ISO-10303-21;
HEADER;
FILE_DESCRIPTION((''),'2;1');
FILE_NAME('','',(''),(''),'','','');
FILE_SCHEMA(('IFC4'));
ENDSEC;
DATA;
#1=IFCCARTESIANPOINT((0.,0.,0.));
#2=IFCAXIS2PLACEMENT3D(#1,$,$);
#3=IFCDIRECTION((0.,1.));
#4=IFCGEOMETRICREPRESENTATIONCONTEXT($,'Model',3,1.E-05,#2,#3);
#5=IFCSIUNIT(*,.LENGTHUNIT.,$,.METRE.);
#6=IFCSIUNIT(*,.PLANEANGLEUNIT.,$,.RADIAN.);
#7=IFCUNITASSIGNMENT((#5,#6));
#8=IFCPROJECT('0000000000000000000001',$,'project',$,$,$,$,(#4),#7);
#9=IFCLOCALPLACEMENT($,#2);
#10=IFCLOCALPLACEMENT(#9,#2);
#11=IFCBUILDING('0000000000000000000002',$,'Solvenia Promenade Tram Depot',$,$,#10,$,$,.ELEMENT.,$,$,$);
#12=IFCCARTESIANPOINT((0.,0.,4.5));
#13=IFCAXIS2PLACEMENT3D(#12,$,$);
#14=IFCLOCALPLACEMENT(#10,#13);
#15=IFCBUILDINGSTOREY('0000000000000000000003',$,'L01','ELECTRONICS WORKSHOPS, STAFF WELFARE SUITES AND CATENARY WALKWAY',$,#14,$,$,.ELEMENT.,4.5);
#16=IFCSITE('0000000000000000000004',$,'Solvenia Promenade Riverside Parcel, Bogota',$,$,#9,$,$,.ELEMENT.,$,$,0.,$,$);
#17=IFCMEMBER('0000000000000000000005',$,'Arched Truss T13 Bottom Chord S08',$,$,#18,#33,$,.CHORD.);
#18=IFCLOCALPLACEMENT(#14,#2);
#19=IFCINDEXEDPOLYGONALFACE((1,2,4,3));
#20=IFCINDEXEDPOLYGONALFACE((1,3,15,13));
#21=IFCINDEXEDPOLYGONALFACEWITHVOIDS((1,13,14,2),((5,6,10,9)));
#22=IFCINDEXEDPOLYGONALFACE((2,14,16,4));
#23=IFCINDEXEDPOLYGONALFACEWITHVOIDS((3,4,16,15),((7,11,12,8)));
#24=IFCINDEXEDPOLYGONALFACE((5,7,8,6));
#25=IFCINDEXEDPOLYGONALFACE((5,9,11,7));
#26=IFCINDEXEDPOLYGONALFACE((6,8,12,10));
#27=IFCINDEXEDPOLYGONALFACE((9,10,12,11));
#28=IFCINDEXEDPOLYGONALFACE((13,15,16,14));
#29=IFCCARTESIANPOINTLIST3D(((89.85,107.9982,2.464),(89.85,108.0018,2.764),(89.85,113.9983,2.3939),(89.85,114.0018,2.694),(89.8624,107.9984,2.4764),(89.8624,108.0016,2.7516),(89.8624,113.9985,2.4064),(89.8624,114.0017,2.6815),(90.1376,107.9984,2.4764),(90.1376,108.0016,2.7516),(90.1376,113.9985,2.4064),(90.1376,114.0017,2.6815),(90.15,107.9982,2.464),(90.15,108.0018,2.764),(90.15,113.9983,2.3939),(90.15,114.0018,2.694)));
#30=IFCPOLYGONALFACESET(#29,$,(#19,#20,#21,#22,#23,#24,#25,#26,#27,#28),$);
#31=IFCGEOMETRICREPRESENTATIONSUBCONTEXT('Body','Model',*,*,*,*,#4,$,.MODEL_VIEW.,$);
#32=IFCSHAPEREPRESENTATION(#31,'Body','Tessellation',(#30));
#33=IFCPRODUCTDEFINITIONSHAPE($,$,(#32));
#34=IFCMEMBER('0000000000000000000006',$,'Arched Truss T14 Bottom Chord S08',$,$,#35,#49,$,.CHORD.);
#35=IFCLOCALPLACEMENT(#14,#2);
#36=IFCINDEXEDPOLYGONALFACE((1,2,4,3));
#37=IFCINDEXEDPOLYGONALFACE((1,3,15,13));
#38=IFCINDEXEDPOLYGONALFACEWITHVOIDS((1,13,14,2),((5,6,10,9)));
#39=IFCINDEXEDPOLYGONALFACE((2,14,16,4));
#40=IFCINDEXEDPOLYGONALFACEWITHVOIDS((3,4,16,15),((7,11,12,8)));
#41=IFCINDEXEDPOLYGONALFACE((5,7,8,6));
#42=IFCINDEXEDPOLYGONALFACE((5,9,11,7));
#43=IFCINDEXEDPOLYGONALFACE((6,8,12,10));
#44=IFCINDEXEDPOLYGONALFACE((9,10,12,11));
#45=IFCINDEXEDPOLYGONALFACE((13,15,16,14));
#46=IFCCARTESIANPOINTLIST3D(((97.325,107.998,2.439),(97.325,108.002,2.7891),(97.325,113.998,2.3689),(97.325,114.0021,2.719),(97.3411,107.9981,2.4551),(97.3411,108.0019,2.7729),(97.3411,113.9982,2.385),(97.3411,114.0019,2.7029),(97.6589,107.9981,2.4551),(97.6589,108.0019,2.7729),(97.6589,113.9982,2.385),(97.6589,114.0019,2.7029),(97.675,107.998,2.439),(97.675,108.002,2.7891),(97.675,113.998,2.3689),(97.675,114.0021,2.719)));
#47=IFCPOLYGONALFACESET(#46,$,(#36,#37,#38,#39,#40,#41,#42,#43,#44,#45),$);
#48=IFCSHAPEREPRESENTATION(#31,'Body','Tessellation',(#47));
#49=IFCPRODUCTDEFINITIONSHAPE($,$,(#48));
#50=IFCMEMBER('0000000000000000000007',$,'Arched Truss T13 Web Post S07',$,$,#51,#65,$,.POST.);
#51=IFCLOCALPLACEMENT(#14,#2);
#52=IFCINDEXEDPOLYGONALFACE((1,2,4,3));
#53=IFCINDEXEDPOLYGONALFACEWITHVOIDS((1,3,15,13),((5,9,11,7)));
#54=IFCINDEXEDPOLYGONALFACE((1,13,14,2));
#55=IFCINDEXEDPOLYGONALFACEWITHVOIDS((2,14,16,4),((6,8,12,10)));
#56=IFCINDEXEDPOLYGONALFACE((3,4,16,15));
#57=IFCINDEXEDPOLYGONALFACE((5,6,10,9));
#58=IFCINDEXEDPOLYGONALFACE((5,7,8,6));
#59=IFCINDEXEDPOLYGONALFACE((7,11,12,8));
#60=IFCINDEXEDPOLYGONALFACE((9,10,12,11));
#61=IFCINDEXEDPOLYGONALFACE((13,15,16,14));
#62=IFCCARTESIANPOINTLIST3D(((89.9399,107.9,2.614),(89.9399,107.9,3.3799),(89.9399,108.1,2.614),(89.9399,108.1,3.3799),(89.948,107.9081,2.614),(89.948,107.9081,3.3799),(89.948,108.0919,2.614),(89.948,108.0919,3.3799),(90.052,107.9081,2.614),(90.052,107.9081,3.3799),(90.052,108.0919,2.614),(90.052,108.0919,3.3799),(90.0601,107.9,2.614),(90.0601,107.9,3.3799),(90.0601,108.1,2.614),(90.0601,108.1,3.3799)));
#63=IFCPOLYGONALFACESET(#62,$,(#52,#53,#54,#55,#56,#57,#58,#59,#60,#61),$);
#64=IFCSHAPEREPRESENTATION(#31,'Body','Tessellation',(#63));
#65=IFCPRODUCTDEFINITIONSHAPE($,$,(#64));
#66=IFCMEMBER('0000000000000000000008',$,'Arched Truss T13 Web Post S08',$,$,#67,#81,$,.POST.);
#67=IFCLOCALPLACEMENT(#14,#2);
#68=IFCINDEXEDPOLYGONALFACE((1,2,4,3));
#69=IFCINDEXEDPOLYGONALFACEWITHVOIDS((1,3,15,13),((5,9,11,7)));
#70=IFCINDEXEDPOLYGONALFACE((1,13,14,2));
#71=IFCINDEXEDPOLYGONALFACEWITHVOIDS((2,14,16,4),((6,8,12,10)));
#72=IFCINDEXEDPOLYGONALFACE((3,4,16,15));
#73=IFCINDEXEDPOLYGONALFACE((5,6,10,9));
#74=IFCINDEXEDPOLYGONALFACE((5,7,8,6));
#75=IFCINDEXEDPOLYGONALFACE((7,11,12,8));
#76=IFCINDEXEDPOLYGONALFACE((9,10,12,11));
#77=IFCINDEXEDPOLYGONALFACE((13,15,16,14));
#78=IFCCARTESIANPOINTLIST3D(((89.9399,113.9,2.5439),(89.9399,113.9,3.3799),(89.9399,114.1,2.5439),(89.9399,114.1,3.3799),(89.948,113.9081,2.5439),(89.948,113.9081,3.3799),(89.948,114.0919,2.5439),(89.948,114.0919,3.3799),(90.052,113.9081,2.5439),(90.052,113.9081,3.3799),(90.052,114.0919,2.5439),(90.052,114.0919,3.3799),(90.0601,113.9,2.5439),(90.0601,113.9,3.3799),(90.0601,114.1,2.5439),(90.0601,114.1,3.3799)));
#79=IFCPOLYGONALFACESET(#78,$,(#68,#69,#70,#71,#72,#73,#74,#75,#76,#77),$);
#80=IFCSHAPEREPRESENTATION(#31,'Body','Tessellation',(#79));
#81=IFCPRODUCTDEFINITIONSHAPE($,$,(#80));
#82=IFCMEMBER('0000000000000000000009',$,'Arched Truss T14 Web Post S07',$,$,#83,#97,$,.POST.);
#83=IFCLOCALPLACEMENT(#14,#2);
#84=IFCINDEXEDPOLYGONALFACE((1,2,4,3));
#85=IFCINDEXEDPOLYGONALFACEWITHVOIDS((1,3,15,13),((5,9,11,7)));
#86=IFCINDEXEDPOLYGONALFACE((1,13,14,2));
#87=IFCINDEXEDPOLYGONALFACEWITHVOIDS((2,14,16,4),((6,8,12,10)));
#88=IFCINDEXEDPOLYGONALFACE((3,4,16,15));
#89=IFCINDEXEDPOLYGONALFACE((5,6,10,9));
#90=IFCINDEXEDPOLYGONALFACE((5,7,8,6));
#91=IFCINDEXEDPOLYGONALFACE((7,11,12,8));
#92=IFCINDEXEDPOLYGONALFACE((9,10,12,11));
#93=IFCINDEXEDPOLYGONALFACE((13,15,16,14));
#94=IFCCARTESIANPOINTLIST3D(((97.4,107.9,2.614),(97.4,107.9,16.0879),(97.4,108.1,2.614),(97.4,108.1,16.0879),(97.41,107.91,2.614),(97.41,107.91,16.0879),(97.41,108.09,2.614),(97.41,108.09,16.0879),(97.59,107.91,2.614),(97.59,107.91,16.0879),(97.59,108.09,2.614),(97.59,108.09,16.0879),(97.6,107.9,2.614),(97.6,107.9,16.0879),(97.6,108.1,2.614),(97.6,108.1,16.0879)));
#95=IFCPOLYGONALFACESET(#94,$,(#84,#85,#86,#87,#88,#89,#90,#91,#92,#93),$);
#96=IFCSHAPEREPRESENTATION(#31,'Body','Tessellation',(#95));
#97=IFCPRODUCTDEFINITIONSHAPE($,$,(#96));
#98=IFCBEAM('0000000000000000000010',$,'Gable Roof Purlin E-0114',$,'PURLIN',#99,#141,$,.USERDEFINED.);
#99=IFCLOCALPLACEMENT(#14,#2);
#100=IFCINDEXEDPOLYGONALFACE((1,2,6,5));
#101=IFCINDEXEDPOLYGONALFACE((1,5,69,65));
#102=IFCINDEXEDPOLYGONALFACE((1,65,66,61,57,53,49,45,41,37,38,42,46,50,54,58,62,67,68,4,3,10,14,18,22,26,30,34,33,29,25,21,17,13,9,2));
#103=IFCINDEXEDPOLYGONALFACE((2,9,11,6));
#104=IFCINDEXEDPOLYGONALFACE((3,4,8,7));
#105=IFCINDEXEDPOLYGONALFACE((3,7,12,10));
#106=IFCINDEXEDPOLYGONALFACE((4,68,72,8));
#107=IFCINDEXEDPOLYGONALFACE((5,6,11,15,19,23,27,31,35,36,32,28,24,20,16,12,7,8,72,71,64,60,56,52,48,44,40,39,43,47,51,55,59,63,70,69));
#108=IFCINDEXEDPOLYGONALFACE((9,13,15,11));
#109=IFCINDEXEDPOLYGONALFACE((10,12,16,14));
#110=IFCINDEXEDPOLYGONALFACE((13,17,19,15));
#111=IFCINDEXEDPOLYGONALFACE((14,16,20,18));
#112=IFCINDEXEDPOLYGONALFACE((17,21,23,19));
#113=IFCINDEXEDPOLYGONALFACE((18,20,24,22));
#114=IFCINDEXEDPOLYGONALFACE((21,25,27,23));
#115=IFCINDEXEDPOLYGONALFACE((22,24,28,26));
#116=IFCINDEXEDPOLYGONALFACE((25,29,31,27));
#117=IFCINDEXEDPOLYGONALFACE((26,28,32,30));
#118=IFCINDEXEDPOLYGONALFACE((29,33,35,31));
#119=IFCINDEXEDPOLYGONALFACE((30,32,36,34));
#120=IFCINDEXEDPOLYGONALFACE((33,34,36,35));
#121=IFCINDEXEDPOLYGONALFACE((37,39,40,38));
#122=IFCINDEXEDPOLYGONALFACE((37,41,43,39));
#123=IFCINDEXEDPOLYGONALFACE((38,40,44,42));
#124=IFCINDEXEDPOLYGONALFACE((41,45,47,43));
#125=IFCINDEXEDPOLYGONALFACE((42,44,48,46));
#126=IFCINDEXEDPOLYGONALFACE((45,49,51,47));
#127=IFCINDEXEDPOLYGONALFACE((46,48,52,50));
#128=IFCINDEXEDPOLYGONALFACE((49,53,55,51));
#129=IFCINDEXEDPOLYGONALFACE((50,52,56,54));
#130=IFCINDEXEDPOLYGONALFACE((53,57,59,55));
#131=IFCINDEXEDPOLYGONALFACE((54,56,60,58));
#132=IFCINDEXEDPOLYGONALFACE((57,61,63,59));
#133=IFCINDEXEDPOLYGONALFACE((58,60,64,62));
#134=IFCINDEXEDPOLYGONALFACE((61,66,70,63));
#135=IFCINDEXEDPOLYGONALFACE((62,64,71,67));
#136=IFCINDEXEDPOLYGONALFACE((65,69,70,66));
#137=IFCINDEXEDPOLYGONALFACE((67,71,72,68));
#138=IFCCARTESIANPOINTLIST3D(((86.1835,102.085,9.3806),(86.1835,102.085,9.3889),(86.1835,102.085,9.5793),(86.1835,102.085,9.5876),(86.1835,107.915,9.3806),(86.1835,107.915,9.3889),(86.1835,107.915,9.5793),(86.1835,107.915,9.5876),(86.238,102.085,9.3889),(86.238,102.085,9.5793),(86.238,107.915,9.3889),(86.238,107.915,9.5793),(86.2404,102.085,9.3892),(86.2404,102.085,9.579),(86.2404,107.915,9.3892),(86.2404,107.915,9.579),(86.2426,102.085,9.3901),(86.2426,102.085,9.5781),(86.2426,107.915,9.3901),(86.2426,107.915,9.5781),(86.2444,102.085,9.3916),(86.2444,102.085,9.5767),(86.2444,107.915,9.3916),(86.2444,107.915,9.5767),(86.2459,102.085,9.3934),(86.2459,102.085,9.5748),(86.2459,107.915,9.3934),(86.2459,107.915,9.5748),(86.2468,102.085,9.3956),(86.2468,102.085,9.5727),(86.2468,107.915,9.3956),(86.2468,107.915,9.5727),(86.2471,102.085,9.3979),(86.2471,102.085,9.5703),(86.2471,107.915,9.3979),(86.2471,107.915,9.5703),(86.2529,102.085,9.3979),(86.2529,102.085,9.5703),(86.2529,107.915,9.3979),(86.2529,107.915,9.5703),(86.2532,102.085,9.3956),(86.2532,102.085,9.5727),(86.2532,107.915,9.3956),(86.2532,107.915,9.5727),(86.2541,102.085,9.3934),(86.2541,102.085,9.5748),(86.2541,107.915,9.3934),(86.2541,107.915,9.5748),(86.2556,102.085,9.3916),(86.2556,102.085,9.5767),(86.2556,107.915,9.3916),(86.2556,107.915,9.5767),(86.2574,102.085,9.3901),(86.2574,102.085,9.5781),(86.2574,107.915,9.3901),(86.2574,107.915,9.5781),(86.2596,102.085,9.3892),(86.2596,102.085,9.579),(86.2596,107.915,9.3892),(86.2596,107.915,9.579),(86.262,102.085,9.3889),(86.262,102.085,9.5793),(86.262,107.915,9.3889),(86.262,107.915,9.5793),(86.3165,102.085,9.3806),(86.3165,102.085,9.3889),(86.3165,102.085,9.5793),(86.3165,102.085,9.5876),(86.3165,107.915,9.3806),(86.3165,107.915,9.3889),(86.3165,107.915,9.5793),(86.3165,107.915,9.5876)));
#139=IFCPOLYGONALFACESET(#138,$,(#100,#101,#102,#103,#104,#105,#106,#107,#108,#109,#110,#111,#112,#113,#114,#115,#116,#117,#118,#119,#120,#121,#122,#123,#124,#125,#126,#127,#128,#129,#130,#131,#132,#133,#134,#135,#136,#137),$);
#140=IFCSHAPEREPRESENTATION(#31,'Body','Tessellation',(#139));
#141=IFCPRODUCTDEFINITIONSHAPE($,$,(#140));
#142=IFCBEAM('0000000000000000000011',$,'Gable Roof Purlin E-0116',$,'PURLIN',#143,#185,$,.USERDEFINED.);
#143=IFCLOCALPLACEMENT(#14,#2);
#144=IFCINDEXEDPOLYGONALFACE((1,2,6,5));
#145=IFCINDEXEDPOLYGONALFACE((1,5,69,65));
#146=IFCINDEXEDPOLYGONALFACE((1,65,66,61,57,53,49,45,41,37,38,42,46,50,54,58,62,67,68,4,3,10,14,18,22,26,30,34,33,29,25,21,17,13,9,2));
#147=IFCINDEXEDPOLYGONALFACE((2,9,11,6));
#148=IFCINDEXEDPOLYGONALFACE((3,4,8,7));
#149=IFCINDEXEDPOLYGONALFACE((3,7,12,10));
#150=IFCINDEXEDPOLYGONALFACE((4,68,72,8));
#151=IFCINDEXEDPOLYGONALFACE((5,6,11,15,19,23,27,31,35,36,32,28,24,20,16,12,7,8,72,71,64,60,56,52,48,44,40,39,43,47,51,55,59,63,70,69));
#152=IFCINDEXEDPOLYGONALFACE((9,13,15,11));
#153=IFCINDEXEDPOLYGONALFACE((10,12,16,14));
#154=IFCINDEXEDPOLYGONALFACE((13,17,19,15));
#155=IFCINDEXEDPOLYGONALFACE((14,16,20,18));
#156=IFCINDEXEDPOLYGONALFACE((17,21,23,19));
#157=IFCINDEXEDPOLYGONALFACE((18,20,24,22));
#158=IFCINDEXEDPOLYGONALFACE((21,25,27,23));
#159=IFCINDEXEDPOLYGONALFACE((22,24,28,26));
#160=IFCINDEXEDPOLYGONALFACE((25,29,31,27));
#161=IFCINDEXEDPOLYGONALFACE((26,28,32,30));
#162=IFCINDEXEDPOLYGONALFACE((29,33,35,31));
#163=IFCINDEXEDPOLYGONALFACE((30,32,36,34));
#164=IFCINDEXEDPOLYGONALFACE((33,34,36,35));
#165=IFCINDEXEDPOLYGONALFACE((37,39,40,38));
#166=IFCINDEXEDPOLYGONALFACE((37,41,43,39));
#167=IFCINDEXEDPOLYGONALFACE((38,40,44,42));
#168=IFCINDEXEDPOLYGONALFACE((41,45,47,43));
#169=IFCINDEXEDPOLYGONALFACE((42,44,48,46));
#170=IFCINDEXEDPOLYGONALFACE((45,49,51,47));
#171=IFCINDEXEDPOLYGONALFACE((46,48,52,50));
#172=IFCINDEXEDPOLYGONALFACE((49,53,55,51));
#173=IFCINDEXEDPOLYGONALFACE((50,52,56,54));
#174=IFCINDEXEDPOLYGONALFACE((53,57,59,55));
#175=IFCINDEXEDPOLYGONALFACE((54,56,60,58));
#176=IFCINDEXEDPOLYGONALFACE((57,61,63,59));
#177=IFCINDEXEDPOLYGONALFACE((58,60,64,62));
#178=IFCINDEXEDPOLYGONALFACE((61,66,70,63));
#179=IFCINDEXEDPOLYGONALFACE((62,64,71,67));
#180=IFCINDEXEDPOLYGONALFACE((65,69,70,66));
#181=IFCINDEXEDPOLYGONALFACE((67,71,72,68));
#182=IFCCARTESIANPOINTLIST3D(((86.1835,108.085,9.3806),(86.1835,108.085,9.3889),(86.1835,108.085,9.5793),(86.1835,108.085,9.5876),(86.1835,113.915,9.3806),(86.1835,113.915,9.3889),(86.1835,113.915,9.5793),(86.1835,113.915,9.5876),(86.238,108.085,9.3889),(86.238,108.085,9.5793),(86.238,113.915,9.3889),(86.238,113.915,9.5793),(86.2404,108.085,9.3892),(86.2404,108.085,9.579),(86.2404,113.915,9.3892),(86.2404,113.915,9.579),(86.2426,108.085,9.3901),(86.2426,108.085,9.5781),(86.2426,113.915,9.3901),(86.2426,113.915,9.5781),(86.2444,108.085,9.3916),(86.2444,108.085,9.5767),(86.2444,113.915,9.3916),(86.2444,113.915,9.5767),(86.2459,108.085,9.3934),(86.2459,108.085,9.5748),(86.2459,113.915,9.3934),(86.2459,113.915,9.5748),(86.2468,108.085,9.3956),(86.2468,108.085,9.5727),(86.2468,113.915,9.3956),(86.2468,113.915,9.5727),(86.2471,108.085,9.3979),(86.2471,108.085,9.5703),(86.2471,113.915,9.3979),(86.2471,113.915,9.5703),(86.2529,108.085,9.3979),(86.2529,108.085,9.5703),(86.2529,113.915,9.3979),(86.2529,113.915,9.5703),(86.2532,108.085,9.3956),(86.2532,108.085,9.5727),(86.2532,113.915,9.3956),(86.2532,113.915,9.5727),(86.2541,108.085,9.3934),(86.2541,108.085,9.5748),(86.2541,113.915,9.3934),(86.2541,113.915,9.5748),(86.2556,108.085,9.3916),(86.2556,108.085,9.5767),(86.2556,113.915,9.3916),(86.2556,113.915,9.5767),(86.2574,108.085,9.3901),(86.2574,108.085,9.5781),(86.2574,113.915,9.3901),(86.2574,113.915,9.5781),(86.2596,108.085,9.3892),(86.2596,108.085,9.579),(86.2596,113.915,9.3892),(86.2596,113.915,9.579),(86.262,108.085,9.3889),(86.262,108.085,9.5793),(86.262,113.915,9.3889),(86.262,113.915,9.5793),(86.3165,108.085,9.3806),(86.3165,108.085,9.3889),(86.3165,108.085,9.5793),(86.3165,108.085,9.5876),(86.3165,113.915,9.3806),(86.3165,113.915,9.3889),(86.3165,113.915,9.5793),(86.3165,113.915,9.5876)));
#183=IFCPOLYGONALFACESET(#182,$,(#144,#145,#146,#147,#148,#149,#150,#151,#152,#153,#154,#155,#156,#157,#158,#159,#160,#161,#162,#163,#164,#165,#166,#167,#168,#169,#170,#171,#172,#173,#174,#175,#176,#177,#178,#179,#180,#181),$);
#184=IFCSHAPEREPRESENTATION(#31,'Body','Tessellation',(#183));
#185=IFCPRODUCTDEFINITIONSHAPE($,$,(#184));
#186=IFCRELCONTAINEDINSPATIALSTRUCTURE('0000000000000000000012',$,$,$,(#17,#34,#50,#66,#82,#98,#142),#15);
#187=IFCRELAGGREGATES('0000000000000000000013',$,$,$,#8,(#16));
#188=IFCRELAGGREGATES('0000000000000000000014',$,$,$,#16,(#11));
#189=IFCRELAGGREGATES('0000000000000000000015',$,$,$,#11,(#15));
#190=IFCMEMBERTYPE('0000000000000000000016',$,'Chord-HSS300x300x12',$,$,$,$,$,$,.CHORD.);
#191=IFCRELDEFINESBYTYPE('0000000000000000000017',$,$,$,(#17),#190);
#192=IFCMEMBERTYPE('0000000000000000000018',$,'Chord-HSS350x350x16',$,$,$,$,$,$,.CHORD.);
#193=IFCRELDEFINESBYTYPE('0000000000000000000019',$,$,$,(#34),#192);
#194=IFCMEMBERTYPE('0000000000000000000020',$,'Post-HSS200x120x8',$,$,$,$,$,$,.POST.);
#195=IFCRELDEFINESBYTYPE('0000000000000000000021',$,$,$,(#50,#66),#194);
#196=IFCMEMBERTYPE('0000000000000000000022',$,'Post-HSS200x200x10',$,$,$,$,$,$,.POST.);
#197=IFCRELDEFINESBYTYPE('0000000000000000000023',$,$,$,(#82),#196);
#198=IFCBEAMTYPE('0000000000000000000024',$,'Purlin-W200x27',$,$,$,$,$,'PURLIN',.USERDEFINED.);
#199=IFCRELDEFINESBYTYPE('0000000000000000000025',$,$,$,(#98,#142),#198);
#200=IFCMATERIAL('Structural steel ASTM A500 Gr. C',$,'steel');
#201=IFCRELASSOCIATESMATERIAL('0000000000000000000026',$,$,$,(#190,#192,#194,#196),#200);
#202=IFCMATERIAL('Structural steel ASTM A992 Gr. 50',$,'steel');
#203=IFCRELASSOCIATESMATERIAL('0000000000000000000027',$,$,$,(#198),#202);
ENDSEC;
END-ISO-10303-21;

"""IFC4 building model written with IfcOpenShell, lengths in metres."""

from ifc_helpers import new_model, si_unit, direction, frame, origin, origin_2d, place, context, subcontext, project, spatial, hollow_rectangle, i_section, extrude, material, material_profile, profile_set, type_object, element, save


model = new_model("IFC4")

# Units and contexts
model_context = context("Model", 3, precision=1e-05, world=origin(), true_north=direction((0.0, 1.0)))
body_context = subcontext(model_context, "Body", "Model", "MODEL_VIEW")
ifc_project = project(units=[si_unit("LENGTHUNIT", "METRE"), si_unit("PLANEANGLEUNIT", "RADIAN")], contexts=[model_context])

# Site, building, storey
site_placement = place(None, origin())
site = spatial("IfcSite", under=ifc_project, at=site_placement, Name="Solvenia Promenade Riverside Parcel, Bogota", CompositionType="ELEMENT", RefElevation=0.0)
building_placement = place(site_placement, origin())
building = spatial("IfcBuilding", under=site, at=building_placement, Name="Solvenia Promenade Tram Depot", CompositionType="ELEMENT")
storey_placement = place(building_placement, frame((0.0, 0.0, 4.5)))
storey = spatial("IfcBuildingStorey", under=building, at=storey_placement, Name="L01", Description="ELECTRONICS WORKSHOPS, STAFF WELFARE SUITES AND CATENARY WALKWAY", CompositionType="ELEMENT", Elevation=4.5)

# Members
ifc_material_1 = material(Name="Structural steel ASTM A500 Gr. C", Category="steel")
ifc_material_profile_1 = material_profile(ifc_material_1, hollow_rectangle(XDim=0.3, YDim=0.3, WallThickness=0.0125, at=origin_2d()), Name="HSS300x300x12.5", Category="steel")
ifc_profile_set_1 = profile_set([ifc_material_profile_1], Name="Structural steel ASTM A500 Gr. C")
member_type_1 = type_object("IfcMemberType", Name="Chord-HSS300x300x12", PredefinedType="CHORD", material=ifc_profile_set_1)
member_1_placement = place(storey_placement, frame((90.0, 108.0, 2.614), z_axis=(0.0, 0.999932, -0.011677), x_axis=(-1.0, 0.0, 0.0)))
element("IfcMember", 1, at=member_1_placement, inside=storey, type_object=member_type_1, Name="Arched Truss T13 Bottom Chord S08", PredefinedType="CHORD", context=body_context, shape_type="SweptSolid", body=[
    extrude(hollow_rectangle(XDim=0.3, YDim=0.3, WallThickness=0.0125, at=origin_2d()), origin(), (0.0, 0.0, 1.0), 6.0005),
])
ifc_material_profile_2 = material_profile(ifc_material_1, hollow_rectangle(XDim=0.3501, YDim=0.3501, WallThickness=0.0161, at=origin_2d()), Name="HSS350x350x16", Category="steel")
ifc_profile_set_2 = profile_set([ifc_material_profile_2], Name="Structural steel ASTM A500 Gr. C")
member_type_2 = type_object("IfcMemberType", Name="Chord-HSS350x350x16", PredefinedType="CHORD", material=ifc_profile_set_2)
member_2_placement = place(storey_placement, frame((97.5, 108.0, 2.614), z_axis=(0.0, 0.999932, -0.011677), x_axis=(-1.0, 0.0, 0.0)))
element("IfcMember", 2, at=member_2_placement, inside=storey, type_object=member_type_2, Name="Arched Truss T14 Bottom Chord S08", PredefinedType="CHORD", context=body_context, shape_type="SweptSolid", body=[
    extrude(hollow_rectangle(XDim=0.3501, YDim=0.3501, WallThickness=0.0161, at=origin_2d()), origin(), (0.0, 0.0, 1.0), 6.0005),
])
ifc_material_profile_3 = material_profile(ifc_material_1, hollow_rectangle(XDim=0.1201, YDim=0.2, WallThickness=0.0081, at=origin_2d()), Name="HSS200x120x8", Category="steel")
ifc_profile_set_3 = profile_set([ifc_material_profile_3], Name="Structural steel ASTM A500 Gr. C")
member_type_3 = type_object("IfcMemberType", Name="Post-HSS200x120x8", PredefinedType="POST", material=ifc_profile_set_3)
member_3_placement = place(storey_placement, frame((90.0, 108.0, 2.614), z_axis=(0.0, 0.0, 1.0), x_axis=(1.0, 0.0, 0.0)))
element("IfcMember", 3, at=member_3_placement, inside=storey, type_object=member_type_3, Name="Arched Truss T13 Web Post S07", PredefinedType="POST", context=body_context, shape_type="SweptSolid", body=[
    extrude(hollow_rectangle(XDim=0.1201, YDim=0.2, WallThickness=0.0081, at=origin_2d()), origin(), (0.0, 0.0, 1.0), 0.7659),
])
member_4_placement = place(storey_placement, frame((90.0, 114.0, 2.5439), z_axis=(0.0, 0.0, 1.0), x_axis=(1.0, 0.0, 0.0)))
element("IfcMember", 4, at=member_4_placement, inside=storey, type_object=member_type_3, Name="Arched Truss T13 Web Post S08", PredefinedType="POST", context=body_context, shape_type="SweptSolid", body=[
    extrude(hollow_rectangle(XDim=0.1201, YDim=0.2, WallThickness=0.0081, at=origin_2d()), origin(), (0.0, 0.0, 1.0), 0.8359),
])
ifc_material_profile_4 = material_profile(ifc_material_1, hollow_rectangle(XDim=0.2, YDim=0.2, WallThickness=0.01, at=origin_2d()), Name="HSS200x200x10", Category="steel")
ifc_profile_set_4 = profile_set([ifc_material_profile_4], Name="Structural steel ASTM A500 Gr. C")
member_type_4 = type_object("IfcMemberType", Name="Post-HSS200x200x10", PredefinedType="POST", material=ifc_profile_set_4)
member_5_placement = place(storey_placement, frame((97.5, 108.0, 2.614), z_axis=(0.0, 0.0, 1.0), x_axis=(1.0, 0.0, 0.0)))
element("IfcMember", 5, at=member_5_placement, inside=storey, type_object=member_type_4, Name="Arched Truss T14 Web Post S07", PredefinedType="POST", context=body_context, shape_type="SweptSolid", body=[
    extrude(hollow_rectangle(XDim=0.2, YDim=0.2, WallThickness=0.01, at=origin_2d()), origin(), (0.0, 0.0, 1.0), 13.4739),
])

# Beams
ifc_material_2 = material(Name="Structural steel ASTM A992 Gr. 50", Category="steel")
ifc_material_profile_5 = material_profile(ifc_material_2, i_section(OverallWidth=0.1331, OverallDepth=0.207, WebThickness=0.0059, FlangeThickness=0.0083, FilletRadius=0.009, at=origin_2d()), Name="W200x27", Category="steel")
ifc_profile_set_5 = profile_set([ifc_material_profile_5], Name="Structural steel ASTM A992 Gr. 50")
beam_type_1 = type_object("IfcBeamType", Name="Purlin-W200x27", ElementType="PURLIN", PredefinedType="USERDEFINED", material=ifc_profile_set_5)
for number, where, z_axis, x_axis, name in (
    (6, (86.25, 102.085, 9.4841), (0.0, 1.0, 0.0), (-1.0, 0.0, 0.0), "Gable Roof Purlin E-0114"),
    (7, (86.25, 108.085, 9.4841), (0.0, 1.0, 0.0), (-1.0, 0.0, 0.0), "Gable Roof Purlin E-0116"),
):
    element("IfcBeam", number, at=place(storey_placement, frame(where, z_axis=z_axis, x_axis=x_axis)), inside=storey, type_object=beam_type_1, Name=name, ObjectType="PURLIN", PredefinedType="USERDEFINED", context=body_context, shape_type="SweptSolid", body=[
        extrude(i_section(OverallWidth=0.1331, OverallDepth=0.207, WebThickness=0.0059, FlangeThickness=0.0083, FilletRadius=0.009, at=origin_2d()), origin(), (0.0, 0.0, 1.0), 5.8301),
    ])

save(model, "model.ifc")
